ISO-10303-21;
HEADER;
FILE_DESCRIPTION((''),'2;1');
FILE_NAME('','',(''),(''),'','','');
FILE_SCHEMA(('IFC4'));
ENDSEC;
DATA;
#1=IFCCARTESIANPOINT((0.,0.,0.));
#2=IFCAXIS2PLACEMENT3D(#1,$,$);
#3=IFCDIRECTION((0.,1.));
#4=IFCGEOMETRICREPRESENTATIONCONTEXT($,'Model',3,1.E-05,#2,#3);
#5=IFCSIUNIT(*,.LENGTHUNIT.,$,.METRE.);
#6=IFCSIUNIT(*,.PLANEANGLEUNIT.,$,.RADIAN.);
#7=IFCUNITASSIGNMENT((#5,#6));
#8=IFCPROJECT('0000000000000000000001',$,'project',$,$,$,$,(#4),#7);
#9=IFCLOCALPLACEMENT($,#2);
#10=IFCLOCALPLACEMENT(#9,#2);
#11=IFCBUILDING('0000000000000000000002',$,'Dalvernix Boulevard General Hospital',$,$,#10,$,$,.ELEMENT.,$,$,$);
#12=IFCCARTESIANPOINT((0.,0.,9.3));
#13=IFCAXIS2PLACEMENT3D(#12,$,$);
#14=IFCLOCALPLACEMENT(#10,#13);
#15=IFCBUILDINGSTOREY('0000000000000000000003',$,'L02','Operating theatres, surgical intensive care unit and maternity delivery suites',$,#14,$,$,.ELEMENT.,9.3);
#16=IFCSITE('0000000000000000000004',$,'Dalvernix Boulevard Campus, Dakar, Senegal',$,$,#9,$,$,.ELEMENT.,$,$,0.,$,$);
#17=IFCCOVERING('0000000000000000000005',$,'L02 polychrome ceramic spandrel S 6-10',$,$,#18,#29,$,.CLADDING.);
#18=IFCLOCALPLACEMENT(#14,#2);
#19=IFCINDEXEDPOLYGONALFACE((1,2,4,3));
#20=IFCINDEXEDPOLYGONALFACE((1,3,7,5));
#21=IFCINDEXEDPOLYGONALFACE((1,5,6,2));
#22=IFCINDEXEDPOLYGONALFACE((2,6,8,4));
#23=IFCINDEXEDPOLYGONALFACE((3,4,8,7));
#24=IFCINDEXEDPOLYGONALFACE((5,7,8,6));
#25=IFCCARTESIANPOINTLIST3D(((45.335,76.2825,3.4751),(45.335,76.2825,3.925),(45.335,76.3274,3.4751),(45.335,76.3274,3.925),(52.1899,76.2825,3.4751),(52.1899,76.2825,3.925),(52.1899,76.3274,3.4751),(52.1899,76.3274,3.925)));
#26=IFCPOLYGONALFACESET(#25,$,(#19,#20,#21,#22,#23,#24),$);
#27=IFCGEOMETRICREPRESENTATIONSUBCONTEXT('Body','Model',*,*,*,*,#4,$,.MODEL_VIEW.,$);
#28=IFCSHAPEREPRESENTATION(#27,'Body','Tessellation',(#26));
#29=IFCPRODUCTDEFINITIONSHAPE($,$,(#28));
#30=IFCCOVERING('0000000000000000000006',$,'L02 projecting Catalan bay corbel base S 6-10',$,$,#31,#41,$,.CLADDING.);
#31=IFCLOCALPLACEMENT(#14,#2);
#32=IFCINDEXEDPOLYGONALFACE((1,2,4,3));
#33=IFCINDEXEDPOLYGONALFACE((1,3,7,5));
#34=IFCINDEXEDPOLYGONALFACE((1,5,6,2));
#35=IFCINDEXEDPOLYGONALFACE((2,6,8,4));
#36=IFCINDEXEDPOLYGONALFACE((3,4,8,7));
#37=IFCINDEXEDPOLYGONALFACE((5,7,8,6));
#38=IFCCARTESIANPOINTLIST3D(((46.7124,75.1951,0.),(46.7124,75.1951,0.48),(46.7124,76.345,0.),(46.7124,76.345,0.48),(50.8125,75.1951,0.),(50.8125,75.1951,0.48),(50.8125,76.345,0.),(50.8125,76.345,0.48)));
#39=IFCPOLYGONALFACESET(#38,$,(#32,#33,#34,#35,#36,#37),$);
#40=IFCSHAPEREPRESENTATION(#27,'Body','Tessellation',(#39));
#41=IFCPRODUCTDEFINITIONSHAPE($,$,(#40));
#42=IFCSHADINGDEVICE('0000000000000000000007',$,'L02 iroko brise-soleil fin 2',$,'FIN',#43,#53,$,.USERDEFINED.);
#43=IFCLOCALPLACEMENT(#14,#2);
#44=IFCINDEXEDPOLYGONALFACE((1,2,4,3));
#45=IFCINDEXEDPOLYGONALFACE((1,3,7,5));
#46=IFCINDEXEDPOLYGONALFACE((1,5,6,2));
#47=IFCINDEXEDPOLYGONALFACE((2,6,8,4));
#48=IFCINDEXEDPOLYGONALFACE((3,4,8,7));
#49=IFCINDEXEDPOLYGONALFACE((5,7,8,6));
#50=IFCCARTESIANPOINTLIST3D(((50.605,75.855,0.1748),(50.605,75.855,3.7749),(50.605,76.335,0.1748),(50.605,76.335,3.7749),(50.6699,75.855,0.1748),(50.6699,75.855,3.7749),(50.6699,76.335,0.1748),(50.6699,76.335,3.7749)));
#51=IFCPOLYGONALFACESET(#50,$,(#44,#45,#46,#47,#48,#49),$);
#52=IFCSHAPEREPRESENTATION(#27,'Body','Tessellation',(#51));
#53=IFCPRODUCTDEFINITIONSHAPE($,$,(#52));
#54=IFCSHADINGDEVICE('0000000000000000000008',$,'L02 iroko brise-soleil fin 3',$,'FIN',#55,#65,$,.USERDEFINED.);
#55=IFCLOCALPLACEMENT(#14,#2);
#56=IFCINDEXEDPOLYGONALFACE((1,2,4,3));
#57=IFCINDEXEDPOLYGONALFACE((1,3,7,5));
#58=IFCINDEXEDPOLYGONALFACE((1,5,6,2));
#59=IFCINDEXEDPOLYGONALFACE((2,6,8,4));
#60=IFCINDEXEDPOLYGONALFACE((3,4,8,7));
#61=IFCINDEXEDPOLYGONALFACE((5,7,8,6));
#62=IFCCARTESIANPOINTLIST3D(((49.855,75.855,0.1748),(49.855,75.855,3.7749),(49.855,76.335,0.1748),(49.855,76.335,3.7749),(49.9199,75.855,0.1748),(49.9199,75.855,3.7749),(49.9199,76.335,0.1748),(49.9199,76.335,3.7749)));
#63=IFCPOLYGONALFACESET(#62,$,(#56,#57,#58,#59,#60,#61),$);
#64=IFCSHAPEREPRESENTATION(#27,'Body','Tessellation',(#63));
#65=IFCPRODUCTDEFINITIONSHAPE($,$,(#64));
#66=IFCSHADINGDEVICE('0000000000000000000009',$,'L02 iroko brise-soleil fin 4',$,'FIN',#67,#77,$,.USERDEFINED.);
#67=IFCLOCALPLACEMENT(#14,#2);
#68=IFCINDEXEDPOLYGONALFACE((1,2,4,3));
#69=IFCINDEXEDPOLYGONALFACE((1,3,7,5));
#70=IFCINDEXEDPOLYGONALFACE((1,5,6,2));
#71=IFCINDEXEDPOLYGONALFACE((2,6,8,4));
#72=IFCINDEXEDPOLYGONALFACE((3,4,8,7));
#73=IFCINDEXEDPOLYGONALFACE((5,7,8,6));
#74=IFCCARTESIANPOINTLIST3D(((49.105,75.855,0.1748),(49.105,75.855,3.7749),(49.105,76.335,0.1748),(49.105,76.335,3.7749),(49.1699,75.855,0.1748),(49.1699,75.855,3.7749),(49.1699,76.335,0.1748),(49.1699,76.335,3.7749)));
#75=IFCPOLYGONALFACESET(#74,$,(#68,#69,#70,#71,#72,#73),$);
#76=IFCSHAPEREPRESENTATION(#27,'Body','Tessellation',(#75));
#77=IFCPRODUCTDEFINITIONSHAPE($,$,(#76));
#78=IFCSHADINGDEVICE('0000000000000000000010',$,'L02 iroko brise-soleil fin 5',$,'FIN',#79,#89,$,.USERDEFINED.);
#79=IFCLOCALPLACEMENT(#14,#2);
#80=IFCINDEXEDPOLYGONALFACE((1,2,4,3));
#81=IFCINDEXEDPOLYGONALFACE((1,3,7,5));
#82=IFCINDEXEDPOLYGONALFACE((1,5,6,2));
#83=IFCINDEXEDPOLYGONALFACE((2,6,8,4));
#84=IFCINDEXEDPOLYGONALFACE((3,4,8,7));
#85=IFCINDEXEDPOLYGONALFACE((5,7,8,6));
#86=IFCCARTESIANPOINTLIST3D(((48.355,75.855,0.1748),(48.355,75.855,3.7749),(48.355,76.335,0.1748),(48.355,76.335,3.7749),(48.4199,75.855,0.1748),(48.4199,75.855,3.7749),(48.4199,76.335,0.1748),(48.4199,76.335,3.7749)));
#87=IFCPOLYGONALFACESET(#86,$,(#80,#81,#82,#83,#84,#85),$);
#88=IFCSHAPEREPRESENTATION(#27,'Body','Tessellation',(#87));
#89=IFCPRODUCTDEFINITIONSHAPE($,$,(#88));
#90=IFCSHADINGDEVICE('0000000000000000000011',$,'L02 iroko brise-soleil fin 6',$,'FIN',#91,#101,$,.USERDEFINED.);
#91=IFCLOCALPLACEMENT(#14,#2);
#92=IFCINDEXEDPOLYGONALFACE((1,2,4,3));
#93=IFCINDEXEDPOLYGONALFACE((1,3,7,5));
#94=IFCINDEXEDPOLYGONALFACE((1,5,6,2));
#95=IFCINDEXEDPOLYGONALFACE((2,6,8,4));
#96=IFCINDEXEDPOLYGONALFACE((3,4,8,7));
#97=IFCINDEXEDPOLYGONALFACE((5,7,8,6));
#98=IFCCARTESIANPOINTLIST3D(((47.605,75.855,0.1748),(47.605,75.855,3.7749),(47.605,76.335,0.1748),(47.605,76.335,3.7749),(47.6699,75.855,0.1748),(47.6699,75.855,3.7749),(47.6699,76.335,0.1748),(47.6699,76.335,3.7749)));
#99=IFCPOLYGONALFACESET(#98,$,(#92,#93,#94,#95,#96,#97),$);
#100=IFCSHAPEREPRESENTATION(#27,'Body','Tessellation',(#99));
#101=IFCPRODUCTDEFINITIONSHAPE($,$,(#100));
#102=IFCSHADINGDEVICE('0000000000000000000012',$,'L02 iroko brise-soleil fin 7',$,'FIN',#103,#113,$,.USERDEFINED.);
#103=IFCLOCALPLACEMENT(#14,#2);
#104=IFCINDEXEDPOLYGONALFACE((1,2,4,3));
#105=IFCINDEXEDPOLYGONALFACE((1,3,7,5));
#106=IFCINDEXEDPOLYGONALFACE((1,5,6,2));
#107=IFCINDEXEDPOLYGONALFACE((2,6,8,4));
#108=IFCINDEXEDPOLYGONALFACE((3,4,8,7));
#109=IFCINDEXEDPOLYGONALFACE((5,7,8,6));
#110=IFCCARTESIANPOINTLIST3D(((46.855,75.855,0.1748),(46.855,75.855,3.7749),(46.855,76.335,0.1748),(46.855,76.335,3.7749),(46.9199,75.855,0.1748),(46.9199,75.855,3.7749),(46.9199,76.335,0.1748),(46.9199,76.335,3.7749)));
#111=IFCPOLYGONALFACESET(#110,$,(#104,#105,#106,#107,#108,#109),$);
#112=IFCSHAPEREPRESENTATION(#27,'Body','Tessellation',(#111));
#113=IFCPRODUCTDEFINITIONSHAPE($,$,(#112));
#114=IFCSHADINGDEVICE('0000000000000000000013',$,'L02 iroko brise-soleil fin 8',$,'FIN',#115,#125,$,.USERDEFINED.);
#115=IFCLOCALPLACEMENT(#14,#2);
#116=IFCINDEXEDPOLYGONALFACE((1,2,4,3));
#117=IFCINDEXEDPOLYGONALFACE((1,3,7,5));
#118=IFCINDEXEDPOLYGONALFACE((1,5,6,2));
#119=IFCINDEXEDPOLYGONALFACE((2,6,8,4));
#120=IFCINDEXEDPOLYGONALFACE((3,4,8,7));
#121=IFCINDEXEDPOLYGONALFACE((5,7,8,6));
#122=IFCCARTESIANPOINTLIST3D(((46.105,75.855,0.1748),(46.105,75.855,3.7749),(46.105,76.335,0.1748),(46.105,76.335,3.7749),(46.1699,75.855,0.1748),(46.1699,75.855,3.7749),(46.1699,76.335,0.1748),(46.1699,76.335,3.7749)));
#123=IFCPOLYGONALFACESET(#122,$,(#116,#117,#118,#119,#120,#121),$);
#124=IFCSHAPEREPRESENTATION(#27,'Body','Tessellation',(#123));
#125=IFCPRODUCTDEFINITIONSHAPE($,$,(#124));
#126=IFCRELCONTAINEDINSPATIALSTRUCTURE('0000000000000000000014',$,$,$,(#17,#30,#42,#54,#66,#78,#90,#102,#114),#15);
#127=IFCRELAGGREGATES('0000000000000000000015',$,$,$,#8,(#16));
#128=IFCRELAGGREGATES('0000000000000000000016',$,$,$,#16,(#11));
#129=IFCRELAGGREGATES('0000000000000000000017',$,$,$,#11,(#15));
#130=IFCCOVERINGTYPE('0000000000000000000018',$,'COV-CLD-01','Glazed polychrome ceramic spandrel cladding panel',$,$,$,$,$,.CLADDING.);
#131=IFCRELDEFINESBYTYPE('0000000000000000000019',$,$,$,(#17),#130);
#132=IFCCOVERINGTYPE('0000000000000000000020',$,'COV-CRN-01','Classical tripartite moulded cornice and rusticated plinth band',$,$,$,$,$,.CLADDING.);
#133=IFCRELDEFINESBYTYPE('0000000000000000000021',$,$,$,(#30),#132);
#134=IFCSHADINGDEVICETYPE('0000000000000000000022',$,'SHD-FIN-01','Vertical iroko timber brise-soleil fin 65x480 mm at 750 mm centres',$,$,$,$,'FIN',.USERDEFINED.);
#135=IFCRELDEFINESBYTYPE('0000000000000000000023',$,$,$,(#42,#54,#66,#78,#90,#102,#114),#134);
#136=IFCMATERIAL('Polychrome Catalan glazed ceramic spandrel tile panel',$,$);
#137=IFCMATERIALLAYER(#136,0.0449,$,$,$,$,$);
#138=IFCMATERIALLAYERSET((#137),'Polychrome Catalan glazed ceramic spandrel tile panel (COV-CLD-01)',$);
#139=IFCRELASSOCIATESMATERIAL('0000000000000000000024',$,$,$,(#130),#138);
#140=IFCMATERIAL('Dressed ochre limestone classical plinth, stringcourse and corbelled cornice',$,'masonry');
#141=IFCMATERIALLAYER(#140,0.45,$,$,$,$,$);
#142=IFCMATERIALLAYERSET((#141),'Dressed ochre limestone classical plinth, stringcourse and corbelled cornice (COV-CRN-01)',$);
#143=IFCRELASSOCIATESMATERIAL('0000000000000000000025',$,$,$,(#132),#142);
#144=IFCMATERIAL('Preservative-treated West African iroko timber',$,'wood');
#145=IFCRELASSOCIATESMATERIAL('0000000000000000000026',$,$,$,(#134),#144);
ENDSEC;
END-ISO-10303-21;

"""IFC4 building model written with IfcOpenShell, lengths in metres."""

from ifc_helpers import new_model, si_unit, direction, frame, origin, origin_2d, place, context, subcontext, project, spatial, rectangle, extrude, material, layer, layer_set, type_object, element, save


model = new_model("IFC4")

# Units and contexts
model_context = context("Model", 3, precision=1e-05, world=origin(), true_north=direction((0.0, 1.0)))
body_context = subcontext(model_context, "Body", "Model", "MODEL_VIEW")
ifc_project = project(units=[si_unit("LENGTHUNIT", "METRE"), si_unit("PLANEANGLEUNIT", "RADIAN")], contexts=[model_context])

# Site, building, storey
site_placement = place(None, origin())
site = spatial("IfcSite", under=ifc_project, at=site_placement, Name="Dalvernix Boulevard Campus, Dakar, Senegal", CompositionType="ELEMENT", RefElevation=0.0)
building_placement = place(site_placement, origin())
building = spatial("IfcBuilding", under=site, at=building_placement, Name="Dalvernix Boulevard General Hospital", CompositionType="ELEMENT")
storey_placement = place(building_placement, frame((0.0, 0.0, 9.3)))
storey = spatial("IfcBuildingStorey", under=building, at=storey_placement, Name="L02", Description="Operating theatres, surgical intensive care unit and maternity delivery suites", CompositionType="ELEMENT", Elevation=9.3)

# Coverings
ifc_material_1 = material(Name="Polychrome Catalan glazed ceramic spandrel tile panel")
ifc_layer_1 = layer(ifc_material_1, 0.0449)
ifc_layer_set_1 = layer_set([ifc_layer_1], Name="Polychrome Catalan glazed ceramic spandrel tile panel (COV-CLD-01)")
covering_type_1 = type_object("IfcCoveringType", Name="COV-CLD-01", Description="Glazed polychrome ceramic spandrel cladding panel", PredefinedType="CLADDING", material=ifc_layer_set_1)
covering_1_placement = place(storey_placement, frame((48.7625, 76.3049, 3.4751), z_axis=(0.0, 0.0, 1.0), x_axis=(-1.0, 0.0, 0.0)))
element("IfcCovering", 1, at=covering_1_placement, inside=storey, type_object=covering_type_1, Name="L02 polychrome ceramic spandrel S 6-10", PredefinedType="CLADDING", context=body_context, shape_type="SweptSolid", body=[
    extrude(rectangle(XDim=6.855, YDim=0.0449, at=origin_2d()), origin(), (0.0, 0.0, 1.0), 0.45),
])
ifc_material_2 = material(Name="Dressed ochre limestone classical plinth, stringcourse and corbelled cornice", Category="masonry")
ifc_layer_2 = layer(ifc_material_2, 0.45)
ifc_layer_set_2 = layer_set([ifc_layer_2], Name="Dressed ochre limestone classical plinth, stringcourse and corbelled cornice (COV-CRN-01)")
covering_type_2 = type_object("IfcCoveringType", Name="COV-CRN-01", Description="Classical tripartite moulded cornice and rusticated plinth band", PredefinedType="CLADDING", material=ifc_layer_set_2)
covering_2_placement = place(storey_placement, frame((48.7625, 75.77, 0.0), z_axis=(0.0, 0.0, 1.0), x_axis=(-1.0, 0.0, 0.0)))
element("IfcCovering", 2, at=covering_2_placement, inside=storey, type_object=covering_type_2, Name="L02 projecting Catalan bay corbel base S 6-10", PredefinedType="CLADDING", context=body_context, shape_type="SweptSolid", body=[
    extrude(rectangle(XDim=4.1001, YDim=1.1499, at=origin_2d()), origin(), (0.0, 0.0, 1.0), 0.48),
])

# Shading devices
ifc_material_3 = material(Name="Preservative-treated West African iroko timber", Category="wood")
shading_device_type = type_object("IfcShadingDeviceType", Name="SHD-FIN-01", Description="Vertical iroko timber brise-soleil fin 65x480 mm at 750 mm centres", ElementType="FIN", PredefinedType="USERDEFINED", material=ifc_material_3)
for number, where, z_axis, x_axis, name in (
    (3, (50.6375, 76.095, 0.1748), (0.0, 0.0, 1.0), (-1.0, 0.0, 0.0), "L02 iroko brise-soleil fin 2"),
    (4, (49.8875, 76.095, 0.1748), (0.0, 0.0, 1.0), (-1.0, 0.0, 0.0), "L02 iroko brise-soleil fin 3"),
    (5, (49.1375, 76.095, 0.1748), (0.0, 0.0, 1.0), (-1.0, 0.0, 0.0), "L02 iroko brise-soleil fin 4"),
    (6, (48.3875, 76.095, 0.1748), (0.0, 0.0, 1.0), (-1.0, 0.0, 0.0), "L02 iroko brise-soleil fin 5"),
    (7, (47.6375, 76.095, 0.1748), (0.0, 0.0, 1.0), (-1.0, 0.0, 0.0), "L02 iroko brise-soleil fin 6"),
    (8, (46.8875, 76.095, 0.1748), (0.0, 0.0, 1.0), (-1.0, 0.0, 0.0), "L02 iroko brise-soleil fin 7"),
    (9, (46.1375, 76.095, 0.1748), (0.0, 0.0, 1.0), (-1.0, 0.0, 0.0), "L02 iroko brise-soleil fin 8"),
):
    element("IfcShadingDevice", number, at=place(storey_placement, frame(where, z_axis=z_axis, x_axis=x_axis)), inside=storey, type_object=shading_device_type, Name=name, ObjectType="FIN", PredefinedType="USERDEFINED", context=body_context, shape_type="SweptSolid", body=[
        extrude(rectangle(XDim=0.0649, YDim=0.48, at=origin_2d()), origin(), (0.0, 0.0, 1.0), 3.6001),
    ])

save(model, "model.ifc")
